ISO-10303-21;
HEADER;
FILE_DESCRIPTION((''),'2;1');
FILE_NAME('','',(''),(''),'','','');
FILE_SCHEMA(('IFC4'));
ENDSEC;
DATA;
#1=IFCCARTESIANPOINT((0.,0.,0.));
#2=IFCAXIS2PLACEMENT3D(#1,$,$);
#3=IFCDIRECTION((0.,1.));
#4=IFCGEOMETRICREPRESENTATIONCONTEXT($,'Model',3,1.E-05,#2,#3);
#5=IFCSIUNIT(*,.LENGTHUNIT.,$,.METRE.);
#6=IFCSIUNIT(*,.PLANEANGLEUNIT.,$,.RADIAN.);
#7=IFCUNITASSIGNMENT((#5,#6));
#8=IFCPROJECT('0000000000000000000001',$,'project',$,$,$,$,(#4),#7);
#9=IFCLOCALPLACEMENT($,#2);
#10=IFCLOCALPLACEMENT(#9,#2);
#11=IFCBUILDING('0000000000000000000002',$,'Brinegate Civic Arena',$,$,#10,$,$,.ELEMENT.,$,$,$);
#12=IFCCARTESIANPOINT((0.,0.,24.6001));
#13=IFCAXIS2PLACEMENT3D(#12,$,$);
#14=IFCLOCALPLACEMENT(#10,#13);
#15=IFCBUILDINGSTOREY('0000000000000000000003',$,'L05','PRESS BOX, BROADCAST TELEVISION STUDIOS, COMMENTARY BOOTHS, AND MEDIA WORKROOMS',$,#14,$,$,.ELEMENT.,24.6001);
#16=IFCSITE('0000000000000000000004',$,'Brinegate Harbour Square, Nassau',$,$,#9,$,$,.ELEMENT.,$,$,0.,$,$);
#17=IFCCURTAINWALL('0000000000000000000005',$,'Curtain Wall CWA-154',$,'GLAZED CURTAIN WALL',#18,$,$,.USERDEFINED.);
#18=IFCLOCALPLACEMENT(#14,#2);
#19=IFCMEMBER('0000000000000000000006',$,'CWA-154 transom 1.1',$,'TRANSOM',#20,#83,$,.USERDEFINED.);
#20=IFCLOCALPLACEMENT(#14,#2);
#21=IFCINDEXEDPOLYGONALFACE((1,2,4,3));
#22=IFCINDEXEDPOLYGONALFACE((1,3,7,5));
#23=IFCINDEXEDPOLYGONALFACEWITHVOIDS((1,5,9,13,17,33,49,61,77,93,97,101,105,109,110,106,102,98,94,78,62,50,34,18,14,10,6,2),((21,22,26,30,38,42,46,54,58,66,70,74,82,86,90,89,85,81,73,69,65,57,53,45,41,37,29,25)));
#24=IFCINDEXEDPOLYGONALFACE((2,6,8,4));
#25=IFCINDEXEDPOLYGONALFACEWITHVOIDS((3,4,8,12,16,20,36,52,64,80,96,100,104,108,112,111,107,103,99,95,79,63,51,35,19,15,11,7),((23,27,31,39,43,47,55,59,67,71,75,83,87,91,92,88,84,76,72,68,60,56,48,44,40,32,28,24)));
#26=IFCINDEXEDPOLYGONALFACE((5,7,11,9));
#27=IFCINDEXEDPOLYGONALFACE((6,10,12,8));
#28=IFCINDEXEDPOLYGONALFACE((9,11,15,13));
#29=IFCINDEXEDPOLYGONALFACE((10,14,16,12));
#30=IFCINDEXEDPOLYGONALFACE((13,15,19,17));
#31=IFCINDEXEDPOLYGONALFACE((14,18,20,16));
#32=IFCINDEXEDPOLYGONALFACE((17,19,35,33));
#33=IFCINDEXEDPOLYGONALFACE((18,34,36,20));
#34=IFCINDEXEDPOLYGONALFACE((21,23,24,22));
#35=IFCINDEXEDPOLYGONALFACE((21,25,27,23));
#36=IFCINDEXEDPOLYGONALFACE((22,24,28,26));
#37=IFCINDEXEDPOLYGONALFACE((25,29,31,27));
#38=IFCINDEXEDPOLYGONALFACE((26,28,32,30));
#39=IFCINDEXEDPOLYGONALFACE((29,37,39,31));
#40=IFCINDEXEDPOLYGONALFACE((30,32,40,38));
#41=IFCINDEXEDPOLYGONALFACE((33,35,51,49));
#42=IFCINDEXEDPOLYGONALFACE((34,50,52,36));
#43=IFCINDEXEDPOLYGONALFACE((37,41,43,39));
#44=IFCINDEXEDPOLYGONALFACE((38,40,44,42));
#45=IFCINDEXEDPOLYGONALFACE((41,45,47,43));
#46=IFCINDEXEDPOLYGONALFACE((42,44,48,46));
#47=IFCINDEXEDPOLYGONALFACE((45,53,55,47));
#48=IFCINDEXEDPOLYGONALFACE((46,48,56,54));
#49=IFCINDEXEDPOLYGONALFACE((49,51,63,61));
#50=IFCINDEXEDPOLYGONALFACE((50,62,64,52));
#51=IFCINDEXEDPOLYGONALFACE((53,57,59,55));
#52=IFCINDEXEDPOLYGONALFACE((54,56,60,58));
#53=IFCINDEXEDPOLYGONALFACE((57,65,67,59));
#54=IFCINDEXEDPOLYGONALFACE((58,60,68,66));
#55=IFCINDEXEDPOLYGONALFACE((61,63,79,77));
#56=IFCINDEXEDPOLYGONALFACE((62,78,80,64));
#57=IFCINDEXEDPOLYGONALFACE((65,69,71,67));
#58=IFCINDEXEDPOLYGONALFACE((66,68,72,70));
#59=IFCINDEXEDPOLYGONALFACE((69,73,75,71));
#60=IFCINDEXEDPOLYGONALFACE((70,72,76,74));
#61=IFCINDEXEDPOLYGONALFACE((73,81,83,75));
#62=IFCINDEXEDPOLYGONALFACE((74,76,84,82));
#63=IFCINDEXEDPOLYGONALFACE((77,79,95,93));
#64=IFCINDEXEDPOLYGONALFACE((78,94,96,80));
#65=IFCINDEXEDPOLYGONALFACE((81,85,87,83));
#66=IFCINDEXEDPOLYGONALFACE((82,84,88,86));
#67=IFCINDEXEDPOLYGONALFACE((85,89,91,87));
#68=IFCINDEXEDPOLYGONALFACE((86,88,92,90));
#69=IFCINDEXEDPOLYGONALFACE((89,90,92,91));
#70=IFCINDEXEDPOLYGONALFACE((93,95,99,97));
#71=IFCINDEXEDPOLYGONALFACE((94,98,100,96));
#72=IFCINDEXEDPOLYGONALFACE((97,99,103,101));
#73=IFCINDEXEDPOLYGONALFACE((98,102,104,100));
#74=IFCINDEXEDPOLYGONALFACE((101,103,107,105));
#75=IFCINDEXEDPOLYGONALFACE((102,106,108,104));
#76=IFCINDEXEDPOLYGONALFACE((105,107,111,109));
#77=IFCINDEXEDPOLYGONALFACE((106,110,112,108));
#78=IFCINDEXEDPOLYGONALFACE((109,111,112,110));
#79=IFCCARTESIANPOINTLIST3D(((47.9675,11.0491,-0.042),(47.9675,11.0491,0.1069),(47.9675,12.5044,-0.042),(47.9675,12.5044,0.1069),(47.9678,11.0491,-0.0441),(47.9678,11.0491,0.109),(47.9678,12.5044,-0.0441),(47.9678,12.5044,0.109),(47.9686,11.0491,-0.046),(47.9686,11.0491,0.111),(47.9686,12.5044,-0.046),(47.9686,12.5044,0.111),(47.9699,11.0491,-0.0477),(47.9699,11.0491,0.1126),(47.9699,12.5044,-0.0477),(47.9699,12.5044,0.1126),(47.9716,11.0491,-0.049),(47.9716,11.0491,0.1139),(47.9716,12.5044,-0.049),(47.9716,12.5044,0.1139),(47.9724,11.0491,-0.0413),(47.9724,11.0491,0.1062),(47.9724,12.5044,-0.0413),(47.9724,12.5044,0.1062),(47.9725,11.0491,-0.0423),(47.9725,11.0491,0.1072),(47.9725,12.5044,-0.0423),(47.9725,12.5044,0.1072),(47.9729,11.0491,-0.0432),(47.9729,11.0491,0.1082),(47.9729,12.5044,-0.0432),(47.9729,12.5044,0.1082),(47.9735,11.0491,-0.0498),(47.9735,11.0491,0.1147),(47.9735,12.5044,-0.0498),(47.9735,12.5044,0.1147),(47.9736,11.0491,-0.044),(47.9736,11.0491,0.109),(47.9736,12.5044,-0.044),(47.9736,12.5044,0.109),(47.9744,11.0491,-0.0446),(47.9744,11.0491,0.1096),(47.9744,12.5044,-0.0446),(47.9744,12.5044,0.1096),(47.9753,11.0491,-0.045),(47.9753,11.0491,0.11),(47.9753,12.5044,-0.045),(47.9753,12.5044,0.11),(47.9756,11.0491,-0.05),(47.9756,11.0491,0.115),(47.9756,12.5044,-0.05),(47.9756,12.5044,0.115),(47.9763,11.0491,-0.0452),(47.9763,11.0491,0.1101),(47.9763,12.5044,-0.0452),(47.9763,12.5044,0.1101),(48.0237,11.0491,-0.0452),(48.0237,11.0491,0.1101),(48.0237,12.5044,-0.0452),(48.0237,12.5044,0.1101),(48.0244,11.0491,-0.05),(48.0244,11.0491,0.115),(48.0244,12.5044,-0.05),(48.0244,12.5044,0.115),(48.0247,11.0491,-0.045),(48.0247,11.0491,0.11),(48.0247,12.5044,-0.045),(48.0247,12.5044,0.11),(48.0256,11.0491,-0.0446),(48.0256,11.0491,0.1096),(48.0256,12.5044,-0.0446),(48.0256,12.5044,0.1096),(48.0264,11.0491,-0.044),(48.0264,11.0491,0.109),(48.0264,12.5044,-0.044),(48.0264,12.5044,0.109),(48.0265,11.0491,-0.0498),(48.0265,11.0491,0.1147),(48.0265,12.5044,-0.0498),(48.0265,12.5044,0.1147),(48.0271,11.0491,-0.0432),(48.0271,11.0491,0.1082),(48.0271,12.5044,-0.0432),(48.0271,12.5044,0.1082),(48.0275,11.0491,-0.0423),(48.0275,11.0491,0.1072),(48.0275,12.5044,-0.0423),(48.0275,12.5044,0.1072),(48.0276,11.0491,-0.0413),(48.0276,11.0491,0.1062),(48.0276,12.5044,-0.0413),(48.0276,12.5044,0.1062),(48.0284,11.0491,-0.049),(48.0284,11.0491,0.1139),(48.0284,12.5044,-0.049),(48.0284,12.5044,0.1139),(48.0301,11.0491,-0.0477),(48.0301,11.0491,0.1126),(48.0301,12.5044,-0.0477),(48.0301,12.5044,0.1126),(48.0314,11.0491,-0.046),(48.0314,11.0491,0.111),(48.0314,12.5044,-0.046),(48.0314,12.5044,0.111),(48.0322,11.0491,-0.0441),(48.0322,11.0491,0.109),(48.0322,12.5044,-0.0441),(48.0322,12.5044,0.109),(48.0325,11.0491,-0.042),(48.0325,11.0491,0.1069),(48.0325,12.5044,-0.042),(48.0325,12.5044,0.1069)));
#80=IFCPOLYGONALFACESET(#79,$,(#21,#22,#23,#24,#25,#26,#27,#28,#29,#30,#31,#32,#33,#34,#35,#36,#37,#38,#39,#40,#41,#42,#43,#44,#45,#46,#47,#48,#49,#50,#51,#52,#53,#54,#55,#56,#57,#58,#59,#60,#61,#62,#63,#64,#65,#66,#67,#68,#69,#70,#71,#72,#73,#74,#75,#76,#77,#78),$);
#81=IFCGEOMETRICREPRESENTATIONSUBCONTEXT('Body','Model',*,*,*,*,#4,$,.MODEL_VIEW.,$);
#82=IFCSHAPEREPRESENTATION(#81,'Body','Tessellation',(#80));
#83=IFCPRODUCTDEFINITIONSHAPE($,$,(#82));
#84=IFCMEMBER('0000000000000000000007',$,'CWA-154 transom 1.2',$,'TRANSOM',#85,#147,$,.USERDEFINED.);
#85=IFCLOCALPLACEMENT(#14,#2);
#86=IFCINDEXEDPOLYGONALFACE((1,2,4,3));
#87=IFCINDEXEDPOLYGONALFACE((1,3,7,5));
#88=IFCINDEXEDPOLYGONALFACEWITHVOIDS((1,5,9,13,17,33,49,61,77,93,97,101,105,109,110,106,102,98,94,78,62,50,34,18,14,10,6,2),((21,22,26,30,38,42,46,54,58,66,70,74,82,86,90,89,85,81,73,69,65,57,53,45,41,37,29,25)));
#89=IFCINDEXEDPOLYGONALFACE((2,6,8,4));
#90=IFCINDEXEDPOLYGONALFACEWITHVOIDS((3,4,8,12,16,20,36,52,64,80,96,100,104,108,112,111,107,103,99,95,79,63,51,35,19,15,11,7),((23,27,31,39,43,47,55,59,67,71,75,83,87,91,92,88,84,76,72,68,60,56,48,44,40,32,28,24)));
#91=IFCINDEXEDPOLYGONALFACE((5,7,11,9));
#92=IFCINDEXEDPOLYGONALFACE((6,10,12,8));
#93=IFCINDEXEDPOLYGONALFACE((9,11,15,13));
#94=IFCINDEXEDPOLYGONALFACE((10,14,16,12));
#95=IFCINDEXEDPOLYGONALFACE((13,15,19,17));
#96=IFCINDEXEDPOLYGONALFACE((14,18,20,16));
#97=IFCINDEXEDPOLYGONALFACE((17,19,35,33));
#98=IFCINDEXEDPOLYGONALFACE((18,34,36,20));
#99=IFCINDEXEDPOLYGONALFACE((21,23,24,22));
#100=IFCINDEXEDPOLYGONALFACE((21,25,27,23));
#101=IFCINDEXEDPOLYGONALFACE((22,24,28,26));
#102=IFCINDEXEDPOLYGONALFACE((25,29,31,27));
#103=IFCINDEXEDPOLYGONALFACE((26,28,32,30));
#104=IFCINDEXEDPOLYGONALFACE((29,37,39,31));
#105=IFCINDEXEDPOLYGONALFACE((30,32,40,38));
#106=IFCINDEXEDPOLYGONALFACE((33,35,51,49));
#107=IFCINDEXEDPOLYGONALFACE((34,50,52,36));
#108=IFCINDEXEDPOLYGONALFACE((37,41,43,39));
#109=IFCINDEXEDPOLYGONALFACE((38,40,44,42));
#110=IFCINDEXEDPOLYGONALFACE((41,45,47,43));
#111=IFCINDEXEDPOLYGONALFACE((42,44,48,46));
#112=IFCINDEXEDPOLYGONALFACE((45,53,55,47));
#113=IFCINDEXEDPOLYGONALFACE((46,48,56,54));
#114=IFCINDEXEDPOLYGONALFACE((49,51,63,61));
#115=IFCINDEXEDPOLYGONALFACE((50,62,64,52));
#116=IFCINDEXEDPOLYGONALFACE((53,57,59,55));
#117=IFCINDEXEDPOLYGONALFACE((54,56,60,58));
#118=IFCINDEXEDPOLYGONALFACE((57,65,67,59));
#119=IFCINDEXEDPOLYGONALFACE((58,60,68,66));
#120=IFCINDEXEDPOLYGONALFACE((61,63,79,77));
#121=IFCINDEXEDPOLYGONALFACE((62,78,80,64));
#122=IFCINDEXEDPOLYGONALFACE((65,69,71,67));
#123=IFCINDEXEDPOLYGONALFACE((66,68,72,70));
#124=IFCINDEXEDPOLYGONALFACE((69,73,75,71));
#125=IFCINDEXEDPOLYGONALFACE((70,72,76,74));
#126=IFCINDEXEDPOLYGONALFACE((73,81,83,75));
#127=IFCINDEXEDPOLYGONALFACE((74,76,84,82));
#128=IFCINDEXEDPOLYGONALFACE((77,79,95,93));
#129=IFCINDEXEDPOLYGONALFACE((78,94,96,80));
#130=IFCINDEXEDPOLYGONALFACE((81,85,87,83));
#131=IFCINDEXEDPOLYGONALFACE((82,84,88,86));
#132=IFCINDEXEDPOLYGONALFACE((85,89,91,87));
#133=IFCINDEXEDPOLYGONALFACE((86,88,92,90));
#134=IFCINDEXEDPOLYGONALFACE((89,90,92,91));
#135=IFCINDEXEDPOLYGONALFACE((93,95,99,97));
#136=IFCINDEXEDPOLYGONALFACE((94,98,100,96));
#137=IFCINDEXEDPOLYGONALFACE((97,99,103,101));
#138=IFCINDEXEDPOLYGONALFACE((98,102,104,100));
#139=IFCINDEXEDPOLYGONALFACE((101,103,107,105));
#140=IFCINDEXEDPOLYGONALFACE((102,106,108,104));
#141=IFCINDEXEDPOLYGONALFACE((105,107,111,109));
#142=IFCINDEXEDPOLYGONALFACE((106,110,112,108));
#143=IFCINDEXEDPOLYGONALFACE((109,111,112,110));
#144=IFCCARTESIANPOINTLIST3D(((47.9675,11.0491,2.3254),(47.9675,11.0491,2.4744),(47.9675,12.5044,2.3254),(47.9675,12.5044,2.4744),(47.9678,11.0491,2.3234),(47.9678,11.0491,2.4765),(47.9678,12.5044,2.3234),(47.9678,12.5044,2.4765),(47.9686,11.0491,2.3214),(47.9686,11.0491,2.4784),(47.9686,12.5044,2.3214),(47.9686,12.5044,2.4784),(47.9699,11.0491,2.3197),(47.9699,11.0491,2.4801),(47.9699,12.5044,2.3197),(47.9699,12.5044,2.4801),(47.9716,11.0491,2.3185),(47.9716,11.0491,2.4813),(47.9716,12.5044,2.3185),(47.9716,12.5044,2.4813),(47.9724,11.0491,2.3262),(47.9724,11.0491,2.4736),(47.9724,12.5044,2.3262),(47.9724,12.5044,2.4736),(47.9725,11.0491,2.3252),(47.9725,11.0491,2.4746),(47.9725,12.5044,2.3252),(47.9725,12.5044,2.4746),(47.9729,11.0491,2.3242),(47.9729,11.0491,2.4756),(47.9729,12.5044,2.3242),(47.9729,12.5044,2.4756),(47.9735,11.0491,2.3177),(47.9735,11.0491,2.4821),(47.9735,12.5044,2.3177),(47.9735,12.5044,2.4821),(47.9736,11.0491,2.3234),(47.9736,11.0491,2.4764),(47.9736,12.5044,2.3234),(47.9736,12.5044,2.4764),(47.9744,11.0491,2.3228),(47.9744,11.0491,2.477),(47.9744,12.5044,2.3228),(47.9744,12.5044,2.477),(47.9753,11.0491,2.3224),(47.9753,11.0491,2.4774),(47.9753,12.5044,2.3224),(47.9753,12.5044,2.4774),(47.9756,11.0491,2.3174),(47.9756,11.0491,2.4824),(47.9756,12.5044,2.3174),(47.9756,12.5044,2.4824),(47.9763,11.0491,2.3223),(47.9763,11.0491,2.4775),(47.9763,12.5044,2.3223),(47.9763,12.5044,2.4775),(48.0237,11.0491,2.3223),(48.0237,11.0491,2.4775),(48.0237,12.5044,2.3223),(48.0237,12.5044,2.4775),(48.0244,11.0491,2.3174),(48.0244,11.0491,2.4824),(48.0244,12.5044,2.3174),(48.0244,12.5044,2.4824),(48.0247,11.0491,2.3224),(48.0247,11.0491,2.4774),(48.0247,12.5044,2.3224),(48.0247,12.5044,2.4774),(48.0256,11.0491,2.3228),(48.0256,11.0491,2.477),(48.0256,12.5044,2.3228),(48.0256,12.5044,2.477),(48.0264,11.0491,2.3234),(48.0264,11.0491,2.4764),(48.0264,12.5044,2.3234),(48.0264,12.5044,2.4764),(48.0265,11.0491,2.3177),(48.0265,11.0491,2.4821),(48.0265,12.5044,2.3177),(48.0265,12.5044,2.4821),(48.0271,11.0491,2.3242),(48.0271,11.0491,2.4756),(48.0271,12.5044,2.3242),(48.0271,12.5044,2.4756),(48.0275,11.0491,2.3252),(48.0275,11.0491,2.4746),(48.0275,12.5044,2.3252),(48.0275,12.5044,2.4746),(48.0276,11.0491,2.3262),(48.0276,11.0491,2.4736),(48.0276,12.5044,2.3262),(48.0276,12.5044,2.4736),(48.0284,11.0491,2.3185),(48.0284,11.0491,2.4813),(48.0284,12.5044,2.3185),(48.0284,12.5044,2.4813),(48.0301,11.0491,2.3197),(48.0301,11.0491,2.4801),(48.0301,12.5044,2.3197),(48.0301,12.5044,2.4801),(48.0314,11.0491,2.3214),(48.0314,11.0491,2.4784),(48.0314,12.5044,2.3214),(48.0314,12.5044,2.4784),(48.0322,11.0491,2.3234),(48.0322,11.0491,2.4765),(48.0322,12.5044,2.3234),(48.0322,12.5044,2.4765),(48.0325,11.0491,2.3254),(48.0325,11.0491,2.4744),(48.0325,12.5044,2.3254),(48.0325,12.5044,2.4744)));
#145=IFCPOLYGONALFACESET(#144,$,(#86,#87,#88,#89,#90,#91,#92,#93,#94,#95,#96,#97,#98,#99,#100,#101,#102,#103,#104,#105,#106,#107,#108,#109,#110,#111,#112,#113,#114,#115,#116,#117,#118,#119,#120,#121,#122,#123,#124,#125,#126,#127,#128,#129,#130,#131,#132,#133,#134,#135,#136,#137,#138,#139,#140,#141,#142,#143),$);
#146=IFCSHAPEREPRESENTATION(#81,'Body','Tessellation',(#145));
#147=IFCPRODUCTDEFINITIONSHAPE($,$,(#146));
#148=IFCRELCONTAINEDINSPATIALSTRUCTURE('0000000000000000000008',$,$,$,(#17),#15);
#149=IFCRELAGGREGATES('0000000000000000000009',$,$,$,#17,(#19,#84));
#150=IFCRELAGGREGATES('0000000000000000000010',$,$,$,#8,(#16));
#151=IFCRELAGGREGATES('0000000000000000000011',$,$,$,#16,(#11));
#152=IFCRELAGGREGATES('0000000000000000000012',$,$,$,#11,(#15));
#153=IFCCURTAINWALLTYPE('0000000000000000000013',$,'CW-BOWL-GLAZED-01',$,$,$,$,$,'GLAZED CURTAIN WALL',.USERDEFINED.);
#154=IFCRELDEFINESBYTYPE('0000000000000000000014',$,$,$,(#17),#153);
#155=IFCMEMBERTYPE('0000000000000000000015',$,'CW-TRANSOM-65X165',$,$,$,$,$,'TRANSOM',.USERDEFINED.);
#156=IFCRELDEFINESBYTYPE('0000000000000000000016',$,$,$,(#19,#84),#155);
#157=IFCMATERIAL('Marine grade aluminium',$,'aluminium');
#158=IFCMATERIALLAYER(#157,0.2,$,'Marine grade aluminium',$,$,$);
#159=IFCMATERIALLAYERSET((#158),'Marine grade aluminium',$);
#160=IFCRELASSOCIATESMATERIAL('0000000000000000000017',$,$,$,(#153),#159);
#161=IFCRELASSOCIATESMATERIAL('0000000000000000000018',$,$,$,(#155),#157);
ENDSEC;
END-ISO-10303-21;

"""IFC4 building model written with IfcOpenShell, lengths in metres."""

from ifc_helpers import new_model, si_unit, direction, frame, origin, origin_2d, place, context, subcontext, project, spatial, hollow_rectangle, extrude, material, layer, layer_set, material_profile, profile_set, type_object, element, aggregate, save


model = new_model("IFC4")

# Units and contexts
model_context = context("Model", 3, precision=1e-05, world=origin(), true_north=direction((0.0, 1.0)))
body_context = subcontext(model_context, "Body", "Model", "MODEL_VIEW")
ifc_project = project(units=[si_unit("LENGTHUNIT", "METRE"), si_unit("PLANEANGLEUNIT", "RADIAN")], contexts=[model_context])

# Site, building, storey
site_placement = place(None, origin())
site = spatial("IfcSite", under=ifc_project, at=site_placement, Name="Brinegate Harbour Square, Nassau", CompositionType="ELEMENT", RefElevation=0.0)
building_placement = place(site_placement, origin())
building = spatial("IfcBuilding", under=site, at=building_placement, Name="Brinegate Civic Arena", CompositionType="ELEMENT")
storey_placement = place(building_placement, frame((0.0, 0.0, 24.6001)))
storey = spatial("IfcBuildingStorey", under=building, at=storey_placement, Name="L05", Description="PRESS BOX, BROADCAST TELEVISION STUDIOS, COMMENTARY BOOTHS, AND MEDIA WORKROOMS", CompositionType="ELEMENT", Elevation=24.6001)

# Curtain wall, members
ifc_material_1 = material(Name="Marine grade aluminium", Category="aluminium")
ifc_layer_1 = layer(ifc_material_1, 0.2, Name="Marine grade aluminium")
ifc_layer_set_1 = layer_set([ifc_layer_1], Name="Marine grade aluminium")
curtain_wall_type = type_object("IfcCurtainWallType", Name="CW-BOWL-GLAZED-01", ElementType="GLAZED CURTAIN WALL", PredefinedType="USERDEFINED", material=ifc_layer_set_1)
curtain_wall_placement = place(storey_placement, origin())
curtain_wall = element("IfcCurtainWall", 1, at=curtain_wall_placement, inside=storey, type_object=curtain_wall_type, Name="Curtain Wall CWA-154", ObjectType="GLAZED CURTAIN WALL", PredefinedType="USERDEFINED")
ifc_material_profile_1 = material_profile(ifc_material_1, hollow_rectangle(XDim=0.0649, YDim=0.165, WallThickness=0.0049, InnerFilletRadius=0.0039, OuterFilletRadius=0.0081, at=origin_2d()), Name="TRN65X165")
ifc_profile_set_1 = profile_set([ifc_material_profile_1], Name="Marine grade aluminium")
member_type_1 = type_object("IfcMemberType", Name="CW-TRANSOM-65X165", ElementType="TRANSOM", PredefinedType="USERDEFINED", material=ifc_profile_set_1)
member_1_placement = place(storey_placement, frame((48.0, 11.0491, 0.0325), z_axis=(0.0, 1.0, 0.0), x_axis=(-1.0, 0.0, 0.0)))
member_1 = element("IfcMember", 2, at=member_1_placement, type_object=member_type_1, Name="CWA-154 transom 1.1", ObjectType="TRANSOM", PredefinedType="USERDEFINED", context=body_context, shape_type="SweptSolid", body=[
    extrude(hollow_rectangle(XDim=0.0649, YDim=0.165, WallThickness=0.0049, InnerFilletRadius=0.0039, OuterFilletRadius=0.0081, at=origin_2d()), origin(), (0.0, 0.0, 1.0), 1.4553),
])
member_2_placement = place(storey_placement, frame((48.0, 11.0491, 2.3999), z_axis=(0.0, 1.0, 0.0), x_axis=(-1.0, 0.0, 0.0)))
member_2 = element("IfcMember", 3, at=member_2_placement, type_object=member_type_1, Name="CWA-154 transom 1.2", ObjectType="TRANSOM", PredefinedType="USERDEFINED", context=body_context, shape_type="SweptSolid", body=[
    extrude(hollow_rectangle(XDim=0.0649, YDim=0.165, WallThickness=0.0049, InnerFilletRadius=0.0039, OuterFilletRadius=0.0081, at=origin_2d()), origin(), (0.0, 0.0, 1.0), 1.4553),
])

aggregate(curtain_wall, [member_1, member_2])

save(model, "model.ifc")
